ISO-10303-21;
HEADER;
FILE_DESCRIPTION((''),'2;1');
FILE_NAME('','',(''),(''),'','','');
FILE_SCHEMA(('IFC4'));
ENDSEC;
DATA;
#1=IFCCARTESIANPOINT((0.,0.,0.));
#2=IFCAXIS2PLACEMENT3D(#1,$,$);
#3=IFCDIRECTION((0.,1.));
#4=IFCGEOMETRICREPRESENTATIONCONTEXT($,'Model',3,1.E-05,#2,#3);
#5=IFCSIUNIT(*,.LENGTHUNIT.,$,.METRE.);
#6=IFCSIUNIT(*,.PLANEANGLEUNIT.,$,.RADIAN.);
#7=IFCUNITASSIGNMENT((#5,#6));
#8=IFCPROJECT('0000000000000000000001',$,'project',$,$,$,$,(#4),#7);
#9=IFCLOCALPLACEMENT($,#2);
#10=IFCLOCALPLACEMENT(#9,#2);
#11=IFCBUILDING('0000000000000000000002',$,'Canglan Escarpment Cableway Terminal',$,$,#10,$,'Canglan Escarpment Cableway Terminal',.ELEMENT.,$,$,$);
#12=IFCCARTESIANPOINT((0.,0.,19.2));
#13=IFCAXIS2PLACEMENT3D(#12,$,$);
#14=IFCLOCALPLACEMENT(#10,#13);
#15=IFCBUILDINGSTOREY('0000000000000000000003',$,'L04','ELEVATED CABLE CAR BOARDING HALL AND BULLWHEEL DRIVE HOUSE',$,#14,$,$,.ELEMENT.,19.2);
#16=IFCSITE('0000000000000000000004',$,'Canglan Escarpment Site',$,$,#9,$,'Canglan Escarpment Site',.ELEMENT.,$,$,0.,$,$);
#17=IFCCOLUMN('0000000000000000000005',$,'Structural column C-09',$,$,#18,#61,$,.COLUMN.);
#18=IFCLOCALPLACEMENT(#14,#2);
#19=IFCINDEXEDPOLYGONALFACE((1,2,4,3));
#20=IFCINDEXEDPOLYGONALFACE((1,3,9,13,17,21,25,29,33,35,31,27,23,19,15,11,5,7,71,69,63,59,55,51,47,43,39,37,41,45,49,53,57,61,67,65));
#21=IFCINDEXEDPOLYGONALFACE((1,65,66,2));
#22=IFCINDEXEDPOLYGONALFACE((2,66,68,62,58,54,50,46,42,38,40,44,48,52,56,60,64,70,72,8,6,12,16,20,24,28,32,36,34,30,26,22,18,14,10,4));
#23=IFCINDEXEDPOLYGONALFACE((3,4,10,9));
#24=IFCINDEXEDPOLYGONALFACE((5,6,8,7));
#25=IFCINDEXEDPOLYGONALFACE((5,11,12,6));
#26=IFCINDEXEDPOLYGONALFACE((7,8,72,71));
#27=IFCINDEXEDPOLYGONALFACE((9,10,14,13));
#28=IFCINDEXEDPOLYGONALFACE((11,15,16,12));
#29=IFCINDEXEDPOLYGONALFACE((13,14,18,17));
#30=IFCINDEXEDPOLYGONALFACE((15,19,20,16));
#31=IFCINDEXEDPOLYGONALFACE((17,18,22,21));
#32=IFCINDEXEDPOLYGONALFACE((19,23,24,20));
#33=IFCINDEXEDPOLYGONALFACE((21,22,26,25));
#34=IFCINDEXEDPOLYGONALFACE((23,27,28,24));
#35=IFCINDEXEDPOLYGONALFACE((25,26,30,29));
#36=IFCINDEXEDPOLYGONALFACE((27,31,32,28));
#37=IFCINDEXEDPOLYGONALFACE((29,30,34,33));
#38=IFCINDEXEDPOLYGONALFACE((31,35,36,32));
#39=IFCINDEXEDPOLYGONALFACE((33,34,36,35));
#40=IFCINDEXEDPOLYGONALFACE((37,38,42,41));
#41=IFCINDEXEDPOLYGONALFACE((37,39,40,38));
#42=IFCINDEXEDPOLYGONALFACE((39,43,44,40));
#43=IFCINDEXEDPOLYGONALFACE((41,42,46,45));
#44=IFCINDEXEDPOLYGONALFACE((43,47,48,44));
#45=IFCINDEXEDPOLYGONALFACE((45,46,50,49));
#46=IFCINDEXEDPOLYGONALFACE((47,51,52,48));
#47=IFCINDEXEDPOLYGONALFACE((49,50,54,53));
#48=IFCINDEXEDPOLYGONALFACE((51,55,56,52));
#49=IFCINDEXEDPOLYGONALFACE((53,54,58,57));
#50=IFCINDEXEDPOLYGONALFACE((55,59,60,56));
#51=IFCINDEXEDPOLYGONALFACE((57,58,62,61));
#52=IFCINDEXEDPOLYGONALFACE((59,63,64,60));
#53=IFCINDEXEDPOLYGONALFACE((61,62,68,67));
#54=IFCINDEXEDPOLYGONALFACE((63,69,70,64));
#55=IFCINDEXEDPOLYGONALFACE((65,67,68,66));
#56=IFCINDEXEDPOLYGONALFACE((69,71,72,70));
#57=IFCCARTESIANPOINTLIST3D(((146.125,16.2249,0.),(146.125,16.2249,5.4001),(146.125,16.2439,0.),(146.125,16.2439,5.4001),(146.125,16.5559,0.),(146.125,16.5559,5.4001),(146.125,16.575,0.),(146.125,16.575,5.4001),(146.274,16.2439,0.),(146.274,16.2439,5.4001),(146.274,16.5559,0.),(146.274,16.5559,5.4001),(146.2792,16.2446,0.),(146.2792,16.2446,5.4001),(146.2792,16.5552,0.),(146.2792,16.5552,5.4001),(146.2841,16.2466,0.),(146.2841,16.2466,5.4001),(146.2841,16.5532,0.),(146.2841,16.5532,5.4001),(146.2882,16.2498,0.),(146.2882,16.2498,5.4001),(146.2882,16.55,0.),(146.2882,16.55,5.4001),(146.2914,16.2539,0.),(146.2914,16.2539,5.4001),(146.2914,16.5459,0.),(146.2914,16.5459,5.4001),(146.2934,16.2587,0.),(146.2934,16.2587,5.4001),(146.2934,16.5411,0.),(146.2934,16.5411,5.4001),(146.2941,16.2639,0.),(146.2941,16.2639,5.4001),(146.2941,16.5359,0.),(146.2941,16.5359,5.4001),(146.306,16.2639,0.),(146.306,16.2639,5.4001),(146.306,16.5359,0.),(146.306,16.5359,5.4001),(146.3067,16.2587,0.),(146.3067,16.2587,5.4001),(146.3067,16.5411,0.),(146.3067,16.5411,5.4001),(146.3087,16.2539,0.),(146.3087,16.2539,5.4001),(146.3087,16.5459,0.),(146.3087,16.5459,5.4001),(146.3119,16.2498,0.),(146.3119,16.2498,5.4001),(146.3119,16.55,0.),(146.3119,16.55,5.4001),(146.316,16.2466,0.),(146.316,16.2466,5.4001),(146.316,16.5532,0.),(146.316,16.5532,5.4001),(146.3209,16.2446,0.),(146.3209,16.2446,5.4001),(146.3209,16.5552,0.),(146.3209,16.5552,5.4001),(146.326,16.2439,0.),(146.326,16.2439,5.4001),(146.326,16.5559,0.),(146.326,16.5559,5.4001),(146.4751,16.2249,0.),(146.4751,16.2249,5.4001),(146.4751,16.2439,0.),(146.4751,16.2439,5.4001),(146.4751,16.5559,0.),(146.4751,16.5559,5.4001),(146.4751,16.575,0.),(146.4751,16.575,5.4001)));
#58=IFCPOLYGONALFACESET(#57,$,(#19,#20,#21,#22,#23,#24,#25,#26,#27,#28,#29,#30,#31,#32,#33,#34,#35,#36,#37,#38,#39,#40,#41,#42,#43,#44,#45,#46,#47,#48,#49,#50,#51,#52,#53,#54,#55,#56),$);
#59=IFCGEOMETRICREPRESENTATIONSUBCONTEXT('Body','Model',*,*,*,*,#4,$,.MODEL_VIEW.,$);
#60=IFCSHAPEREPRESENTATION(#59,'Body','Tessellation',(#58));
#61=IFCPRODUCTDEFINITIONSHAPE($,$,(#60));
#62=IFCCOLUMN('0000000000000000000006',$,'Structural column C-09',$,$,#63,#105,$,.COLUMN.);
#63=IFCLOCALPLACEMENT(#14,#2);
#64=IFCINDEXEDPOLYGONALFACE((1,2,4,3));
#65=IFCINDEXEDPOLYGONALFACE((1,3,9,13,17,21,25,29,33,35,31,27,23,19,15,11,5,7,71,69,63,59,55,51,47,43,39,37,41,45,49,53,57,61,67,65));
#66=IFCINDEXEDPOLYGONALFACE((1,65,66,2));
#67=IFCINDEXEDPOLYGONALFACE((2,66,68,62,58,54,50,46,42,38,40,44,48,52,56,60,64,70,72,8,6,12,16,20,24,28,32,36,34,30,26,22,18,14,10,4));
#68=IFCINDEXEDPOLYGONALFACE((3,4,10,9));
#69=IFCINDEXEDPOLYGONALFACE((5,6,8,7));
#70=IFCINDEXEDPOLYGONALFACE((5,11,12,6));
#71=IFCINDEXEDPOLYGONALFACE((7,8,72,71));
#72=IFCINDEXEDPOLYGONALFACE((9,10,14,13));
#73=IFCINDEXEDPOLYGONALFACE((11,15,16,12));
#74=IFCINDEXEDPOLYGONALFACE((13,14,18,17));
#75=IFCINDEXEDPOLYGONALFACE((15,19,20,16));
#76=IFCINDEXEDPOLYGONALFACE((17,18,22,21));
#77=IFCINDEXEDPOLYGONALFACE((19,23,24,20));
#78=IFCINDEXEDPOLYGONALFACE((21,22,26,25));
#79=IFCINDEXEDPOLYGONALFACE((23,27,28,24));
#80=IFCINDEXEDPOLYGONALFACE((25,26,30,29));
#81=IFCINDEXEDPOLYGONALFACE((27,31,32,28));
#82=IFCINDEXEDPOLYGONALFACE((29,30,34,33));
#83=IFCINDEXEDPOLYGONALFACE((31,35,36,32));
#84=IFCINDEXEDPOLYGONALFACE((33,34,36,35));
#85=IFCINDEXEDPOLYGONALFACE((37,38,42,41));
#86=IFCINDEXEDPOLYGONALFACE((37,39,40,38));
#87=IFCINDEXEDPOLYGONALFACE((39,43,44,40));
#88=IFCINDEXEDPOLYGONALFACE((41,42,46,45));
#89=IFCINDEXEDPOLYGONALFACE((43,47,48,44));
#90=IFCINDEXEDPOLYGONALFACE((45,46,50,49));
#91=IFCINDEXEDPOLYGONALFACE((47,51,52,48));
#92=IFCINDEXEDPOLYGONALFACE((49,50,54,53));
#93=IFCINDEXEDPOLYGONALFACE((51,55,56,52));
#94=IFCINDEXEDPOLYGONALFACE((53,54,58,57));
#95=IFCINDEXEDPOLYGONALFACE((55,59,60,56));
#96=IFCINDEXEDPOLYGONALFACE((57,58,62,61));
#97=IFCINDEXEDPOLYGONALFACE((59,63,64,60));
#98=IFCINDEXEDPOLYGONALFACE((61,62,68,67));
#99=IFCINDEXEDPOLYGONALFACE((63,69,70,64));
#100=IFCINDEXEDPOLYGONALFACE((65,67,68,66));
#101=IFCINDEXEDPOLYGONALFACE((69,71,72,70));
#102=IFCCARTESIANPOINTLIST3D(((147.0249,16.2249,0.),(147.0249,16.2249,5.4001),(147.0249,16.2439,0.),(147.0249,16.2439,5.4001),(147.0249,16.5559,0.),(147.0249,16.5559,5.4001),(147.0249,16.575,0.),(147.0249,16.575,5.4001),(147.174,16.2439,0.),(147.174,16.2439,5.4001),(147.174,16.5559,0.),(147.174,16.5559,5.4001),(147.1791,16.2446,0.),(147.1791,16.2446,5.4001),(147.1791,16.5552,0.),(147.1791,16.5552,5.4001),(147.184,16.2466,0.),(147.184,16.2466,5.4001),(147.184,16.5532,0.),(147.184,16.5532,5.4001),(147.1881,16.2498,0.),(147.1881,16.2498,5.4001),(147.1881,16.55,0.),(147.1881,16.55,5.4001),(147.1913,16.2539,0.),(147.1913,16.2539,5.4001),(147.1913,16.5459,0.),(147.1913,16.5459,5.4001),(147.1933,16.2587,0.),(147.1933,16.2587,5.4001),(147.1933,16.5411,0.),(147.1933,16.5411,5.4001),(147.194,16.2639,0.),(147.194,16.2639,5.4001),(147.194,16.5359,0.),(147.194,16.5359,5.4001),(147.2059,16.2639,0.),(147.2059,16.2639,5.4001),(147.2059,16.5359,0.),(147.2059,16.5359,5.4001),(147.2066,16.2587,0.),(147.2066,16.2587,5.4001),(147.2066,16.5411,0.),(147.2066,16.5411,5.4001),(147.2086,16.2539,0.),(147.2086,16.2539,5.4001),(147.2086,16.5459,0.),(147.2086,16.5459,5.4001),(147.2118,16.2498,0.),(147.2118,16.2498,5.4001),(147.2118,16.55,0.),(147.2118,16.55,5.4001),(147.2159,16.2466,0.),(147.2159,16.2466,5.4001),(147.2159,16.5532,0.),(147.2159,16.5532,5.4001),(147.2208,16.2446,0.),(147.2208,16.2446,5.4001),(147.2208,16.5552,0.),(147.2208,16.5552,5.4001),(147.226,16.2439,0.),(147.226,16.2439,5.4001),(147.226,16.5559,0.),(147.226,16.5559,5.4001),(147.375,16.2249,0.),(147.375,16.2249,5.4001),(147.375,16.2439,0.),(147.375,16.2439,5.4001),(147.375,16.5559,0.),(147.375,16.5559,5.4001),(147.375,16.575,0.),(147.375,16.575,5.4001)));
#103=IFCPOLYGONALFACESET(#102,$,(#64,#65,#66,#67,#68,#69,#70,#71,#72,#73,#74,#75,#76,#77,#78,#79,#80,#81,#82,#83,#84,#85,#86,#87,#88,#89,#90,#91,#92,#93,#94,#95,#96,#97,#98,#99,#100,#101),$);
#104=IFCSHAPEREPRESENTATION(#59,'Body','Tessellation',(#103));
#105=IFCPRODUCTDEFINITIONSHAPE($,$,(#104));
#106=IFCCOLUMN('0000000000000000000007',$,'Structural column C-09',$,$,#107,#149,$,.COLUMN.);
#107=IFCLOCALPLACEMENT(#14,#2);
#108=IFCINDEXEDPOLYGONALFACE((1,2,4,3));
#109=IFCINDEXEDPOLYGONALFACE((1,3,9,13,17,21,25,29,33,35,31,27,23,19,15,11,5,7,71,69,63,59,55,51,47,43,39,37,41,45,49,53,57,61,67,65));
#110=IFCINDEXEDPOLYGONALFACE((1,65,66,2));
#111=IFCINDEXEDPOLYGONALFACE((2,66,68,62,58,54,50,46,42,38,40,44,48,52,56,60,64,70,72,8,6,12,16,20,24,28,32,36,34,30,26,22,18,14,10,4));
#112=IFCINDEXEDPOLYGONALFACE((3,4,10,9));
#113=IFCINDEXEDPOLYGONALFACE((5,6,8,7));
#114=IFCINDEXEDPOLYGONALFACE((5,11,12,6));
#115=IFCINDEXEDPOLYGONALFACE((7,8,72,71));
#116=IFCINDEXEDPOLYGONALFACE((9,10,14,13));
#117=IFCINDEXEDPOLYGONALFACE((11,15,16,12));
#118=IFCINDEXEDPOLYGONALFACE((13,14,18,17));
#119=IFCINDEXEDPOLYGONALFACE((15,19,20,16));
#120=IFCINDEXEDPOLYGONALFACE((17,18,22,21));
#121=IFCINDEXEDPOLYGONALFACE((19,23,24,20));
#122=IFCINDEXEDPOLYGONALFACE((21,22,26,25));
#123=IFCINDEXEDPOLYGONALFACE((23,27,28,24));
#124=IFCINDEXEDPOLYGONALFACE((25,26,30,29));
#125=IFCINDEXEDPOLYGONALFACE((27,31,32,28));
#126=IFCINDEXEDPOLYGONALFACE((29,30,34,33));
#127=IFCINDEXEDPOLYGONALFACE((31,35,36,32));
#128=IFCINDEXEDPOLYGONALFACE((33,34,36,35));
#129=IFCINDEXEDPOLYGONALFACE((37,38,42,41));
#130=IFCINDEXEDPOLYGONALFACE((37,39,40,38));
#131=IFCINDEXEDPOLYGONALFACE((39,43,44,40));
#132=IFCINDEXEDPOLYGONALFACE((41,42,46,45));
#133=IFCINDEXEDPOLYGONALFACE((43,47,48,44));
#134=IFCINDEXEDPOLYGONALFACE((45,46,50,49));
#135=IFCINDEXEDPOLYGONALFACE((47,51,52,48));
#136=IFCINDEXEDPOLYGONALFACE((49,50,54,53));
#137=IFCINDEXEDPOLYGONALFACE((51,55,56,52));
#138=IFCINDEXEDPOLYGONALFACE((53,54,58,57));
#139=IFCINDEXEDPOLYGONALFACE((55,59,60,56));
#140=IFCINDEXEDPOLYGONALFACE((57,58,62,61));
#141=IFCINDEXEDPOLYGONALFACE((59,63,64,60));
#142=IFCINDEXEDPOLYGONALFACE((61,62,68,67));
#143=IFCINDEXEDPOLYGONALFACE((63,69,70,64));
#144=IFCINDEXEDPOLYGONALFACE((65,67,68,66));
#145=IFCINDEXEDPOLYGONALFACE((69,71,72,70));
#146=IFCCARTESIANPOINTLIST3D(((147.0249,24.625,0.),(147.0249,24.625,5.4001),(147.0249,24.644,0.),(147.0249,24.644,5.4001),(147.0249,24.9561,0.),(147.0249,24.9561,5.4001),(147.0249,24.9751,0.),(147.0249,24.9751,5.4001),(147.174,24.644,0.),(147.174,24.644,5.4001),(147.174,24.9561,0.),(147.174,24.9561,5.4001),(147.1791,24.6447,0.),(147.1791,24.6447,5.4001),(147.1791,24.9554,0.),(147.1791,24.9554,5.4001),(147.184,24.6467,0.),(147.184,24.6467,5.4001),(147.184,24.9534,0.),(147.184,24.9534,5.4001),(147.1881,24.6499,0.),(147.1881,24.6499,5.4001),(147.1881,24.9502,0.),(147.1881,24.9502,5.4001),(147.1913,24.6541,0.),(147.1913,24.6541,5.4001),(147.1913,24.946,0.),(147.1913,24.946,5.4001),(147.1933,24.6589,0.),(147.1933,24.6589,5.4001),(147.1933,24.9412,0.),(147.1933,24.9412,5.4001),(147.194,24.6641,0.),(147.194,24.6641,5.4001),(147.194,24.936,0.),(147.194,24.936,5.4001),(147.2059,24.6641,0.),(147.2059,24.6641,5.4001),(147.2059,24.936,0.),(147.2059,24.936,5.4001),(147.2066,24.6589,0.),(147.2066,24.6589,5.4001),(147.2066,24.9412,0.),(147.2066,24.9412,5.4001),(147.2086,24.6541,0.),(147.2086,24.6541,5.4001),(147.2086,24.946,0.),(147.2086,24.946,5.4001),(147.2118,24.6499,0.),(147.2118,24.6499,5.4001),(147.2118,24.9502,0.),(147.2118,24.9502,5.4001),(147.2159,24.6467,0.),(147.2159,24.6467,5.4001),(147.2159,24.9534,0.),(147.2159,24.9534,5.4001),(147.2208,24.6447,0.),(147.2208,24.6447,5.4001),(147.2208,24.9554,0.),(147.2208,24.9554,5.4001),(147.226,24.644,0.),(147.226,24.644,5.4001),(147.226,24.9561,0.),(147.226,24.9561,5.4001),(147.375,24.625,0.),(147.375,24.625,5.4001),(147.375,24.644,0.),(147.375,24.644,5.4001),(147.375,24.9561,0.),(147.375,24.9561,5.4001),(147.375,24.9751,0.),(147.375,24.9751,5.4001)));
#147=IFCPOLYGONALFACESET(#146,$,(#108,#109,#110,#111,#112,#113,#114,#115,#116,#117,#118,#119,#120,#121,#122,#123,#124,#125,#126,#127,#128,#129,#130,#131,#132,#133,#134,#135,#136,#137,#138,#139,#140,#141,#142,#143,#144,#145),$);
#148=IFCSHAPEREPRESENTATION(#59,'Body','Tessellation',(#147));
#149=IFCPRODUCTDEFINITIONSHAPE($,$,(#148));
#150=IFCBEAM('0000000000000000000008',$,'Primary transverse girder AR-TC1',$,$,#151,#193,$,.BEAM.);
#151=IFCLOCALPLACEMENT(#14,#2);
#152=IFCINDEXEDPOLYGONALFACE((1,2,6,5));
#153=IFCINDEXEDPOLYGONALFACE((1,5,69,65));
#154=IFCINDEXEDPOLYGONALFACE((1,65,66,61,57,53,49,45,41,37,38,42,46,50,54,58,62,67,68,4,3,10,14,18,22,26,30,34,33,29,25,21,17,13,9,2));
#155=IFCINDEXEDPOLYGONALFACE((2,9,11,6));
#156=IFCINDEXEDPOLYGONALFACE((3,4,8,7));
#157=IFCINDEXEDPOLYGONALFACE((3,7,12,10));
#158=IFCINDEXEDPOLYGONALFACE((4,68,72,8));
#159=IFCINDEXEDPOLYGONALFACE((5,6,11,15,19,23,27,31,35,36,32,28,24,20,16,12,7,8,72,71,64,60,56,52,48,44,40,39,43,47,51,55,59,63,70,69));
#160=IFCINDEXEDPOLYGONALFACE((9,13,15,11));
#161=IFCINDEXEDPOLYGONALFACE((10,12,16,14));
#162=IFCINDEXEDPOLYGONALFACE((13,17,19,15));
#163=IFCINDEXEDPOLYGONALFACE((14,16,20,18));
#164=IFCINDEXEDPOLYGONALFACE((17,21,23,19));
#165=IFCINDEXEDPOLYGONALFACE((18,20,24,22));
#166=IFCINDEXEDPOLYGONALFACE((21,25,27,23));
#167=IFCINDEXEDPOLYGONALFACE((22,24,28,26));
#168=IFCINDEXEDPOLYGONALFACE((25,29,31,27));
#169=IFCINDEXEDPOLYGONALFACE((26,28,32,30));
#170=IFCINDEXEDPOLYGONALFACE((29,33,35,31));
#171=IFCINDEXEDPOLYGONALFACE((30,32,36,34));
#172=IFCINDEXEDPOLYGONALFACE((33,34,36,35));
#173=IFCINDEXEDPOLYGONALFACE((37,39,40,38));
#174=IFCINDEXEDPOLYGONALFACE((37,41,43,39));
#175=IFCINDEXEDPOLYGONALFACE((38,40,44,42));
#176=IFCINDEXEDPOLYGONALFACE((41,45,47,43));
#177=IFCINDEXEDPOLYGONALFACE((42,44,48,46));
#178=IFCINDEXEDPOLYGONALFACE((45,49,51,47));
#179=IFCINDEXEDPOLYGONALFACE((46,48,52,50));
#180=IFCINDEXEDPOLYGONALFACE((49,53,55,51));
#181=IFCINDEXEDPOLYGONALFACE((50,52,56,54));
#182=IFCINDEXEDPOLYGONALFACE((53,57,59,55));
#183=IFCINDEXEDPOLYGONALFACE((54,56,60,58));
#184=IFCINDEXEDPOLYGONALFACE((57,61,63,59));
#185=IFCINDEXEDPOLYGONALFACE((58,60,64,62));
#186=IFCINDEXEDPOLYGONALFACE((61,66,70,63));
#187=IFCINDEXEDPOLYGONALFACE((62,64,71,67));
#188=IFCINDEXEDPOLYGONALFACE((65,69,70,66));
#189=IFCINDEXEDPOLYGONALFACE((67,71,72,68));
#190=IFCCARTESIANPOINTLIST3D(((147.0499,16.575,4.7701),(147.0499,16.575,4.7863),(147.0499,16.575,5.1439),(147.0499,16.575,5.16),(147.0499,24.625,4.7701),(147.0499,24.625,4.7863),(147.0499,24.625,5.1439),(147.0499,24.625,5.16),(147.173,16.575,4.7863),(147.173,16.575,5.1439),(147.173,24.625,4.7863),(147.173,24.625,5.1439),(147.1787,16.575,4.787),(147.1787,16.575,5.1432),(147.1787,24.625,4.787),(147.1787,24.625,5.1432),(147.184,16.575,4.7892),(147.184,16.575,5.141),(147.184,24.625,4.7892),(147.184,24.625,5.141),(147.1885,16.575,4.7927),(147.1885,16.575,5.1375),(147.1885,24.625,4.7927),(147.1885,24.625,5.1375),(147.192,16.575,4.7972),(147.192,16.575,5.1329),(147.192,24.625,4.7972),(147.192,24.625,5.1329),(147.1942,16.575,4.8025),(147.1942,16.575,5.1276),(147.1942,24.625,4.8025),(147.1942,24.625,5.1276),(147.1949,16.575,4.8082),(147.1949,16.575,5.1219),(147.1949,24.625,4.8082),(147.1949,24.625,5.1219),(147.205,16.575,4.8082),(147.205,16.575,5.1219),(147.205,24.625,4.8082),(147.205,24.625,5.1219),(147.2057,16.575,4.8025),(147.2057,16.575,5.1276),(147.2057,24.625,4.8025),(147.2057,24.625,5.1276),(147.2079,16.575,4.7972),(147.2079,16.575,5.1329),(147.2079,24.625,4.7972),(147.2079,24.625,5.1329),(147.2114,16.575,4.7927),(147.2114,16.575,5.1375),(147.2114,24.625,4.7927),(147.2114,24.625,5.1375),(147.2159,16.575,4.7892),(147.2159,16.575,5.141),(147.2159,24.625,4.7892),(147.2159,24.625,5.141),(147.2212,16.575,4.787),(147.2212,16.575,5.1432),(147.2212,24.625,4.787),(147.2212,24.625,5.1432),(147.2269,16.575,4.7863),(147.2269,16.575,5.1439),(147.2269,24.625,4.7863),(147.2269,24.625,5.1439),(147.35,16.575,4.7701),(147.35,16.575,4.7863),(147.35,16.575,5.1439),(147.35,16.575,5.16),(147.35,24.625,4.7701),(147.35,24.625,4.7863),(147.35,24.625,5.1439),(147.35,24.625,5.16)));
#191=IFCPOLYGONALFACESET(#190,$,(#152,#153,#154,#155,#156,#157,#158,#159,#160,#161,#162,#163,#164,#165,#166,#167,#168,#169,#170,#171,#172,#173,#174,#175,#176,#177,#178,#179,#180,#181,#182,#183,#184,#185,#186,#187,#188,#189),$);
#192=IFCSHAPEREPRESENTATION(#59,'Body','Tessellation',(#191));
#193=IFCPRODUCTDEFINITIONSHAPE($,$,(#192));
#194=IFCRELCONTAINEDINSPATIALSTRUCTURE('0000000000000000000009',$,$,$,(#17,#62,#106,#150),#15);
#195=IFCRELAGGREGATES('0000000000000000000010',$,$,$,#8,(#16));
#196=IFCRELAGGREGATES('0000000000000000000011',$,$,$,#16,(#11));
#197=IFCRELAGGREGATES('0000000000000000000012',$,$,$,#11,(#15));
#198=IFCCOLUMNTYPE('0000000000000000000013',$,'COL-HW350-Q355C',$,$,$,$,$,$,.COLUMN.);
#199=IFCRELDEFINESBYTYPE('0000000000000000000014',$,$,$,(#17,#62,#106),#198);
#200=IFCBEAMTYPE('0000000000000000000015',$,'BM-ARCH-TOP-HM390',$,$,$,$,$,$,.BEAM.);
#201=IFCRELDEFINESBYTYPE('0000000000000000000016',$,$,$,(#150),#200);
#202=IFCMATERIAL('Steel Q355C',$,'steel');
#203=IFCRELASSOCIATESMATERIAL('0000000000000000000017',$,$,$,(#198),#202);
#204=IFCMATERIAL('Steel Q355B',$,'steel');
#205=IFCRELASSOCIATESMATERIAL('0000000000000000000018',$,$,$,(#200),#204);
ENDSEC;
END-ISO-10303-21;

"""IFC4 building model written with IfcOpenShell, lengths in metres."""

from ifc_helpers import new_model, si_unit, direction, frame, origin, origin_2d, place, context, subcontext, project, spatial, i_section, extrude, material, material_profile, profile_set, type_object, element, save


model = new_model("IFC4")

# Units and contexts
model_context = context("Model", 3, precision=1e-05, world=origin(), true_north=direction((0.0, 1.0)))
body_context = subcontext(model_context, "Body", "Model", "MODEL_VIEW")
ifc_project = project(units=[si_unit("LENGTHUNIT", "METRE"), si_unit("PLANEANGLEUNIT", "RADIAN")], contexts=[model_context])

# Site, building, storey
site_placement = place(None, origin())
site = spatial("IfcSite", under=ifc_project, at=site_placement, Name="Canglan Escarpment Site", LongName="Canglan Escarpment Site", CompositionType="ELEMENT", RefElevation=0.0)
building_placement = place(site_placement, origin())
building = spatial("IfcBuilding", under=site, at=building_placement, Name="Canglan Escarpment Cableway Terminal", LongName="Canglan Escarpment Cableway Terminal", CompositionType="ELEMENT")
storey_placement = place(building_placement, frame((0.0, 0.0, 19.2)))
storey = spatial("IfcBuildingStorey", under=building, at=storey_placement, Name="L04", Description="ELEVATED CABLE CAR BOARDING HALL AND BULLWHEEL DRIVE HOUSE", CompositionType="ELEMENT", Elevation=19.2)

# Columns
ifc_material_1 = material(Name="Steel Q355C", Category="steel")
ifc_material_profile_1 = material_profile(ifc_material_1, i_section(OverallWidth=0.3501, OverallDepth=0.3501, WebThickness=0.012, FlangeThickness=0.019, FilletRadius=0.02, at=origin_2d()), Name="HW 350x350x12x19")
ifc_profile_set_1 = profile_set([ifc_material_profile_1], Name="Steel Q355C")
column_type = type_object("IfcColumnType", Name="COL-HW350-Q355C", PredefinedType="COLUMN", material=ifc_profile_set_1)
for number, where, z_axis, x_axis, name in (
    (1, (146.3, 16.3999, 0.0), (0.0, 0.0, 1.0), (1.0, 0.0, 0.0), "Structural column C-09"),
    (2, (147.2, 16.3999, 0.0), (0.0, 0.0, 1.0), (1.0, 0.0, 0.0), "Structural column C-09"),
    (3, (147.2, 24.8, 0.0), (0.0, 0.0, 1.0), (1.0, 0.0, 0.0), "Structural column C-09"),
):
    element("IfcColumn", number, at=place(storey_placement, frame(where, z_axis=z_axis, x_axis=x_axis)), inside=storey, type_object=column_type, Name=name, PredefinedType="COLUMN", context=body_context, shape_type="SweptSolid", body=[
        extrude(i_section(OverallWidth=0.3501, OverallDepth=0.3501, WebThickness=0.012, FlangeThickness=0.019, FilletRadius=0.02, at=origin_2d()), origin(), (0.0, 0.0, 1.0), 5.4001),
    ])

# Beam
ifc_material_2 = material(Name="Steel Q355B", Category="steel")
ifc_material_profile_2 = material_profile(ifc_material_2, i_section(OverallWidth=0.3, OverallDepth=0.3899, WebThickness=0.01, FlangeThickness=0.0161, FilletRadius=0.022, at=origin_2d()), Name="HM 390x300x10x16")
ifc_profile_set_2 = profile_set([ifc_material_profile_2], Name="Steel Q355B")
beam_type_1 = type_object("IfcBeamType", Name="BM-ARCH-TOP-HM390", PredefinedType="BEAM", material=ifc_profile_set_2)
beam_1_placement = place(storey_placement, frame((147.2, 16.575, 4.9651), z_axis=(0.0, 1.0, 0.0), x_axis=(-1.0, 0.0, 0.0)))
element("IfcBeam", 4, at=beam_1_placement, inside=storey, type_object=beam_type_1, Name="Primary transverse girder AR-TC1", PredefinedType="BEAM", context=body_context, shape_type="SweptSolid", body=[
    extrude(i_section(OverallWidth=0.3, OverallDepth=0.3899, WebThickness=0.01, FlangeThickness=0.0161, FilletRadius=0.022, at=origin_2d()), origin(), (0.0, 0.0, 1.0), 8.05),
])

save(model, "model.ifc")
